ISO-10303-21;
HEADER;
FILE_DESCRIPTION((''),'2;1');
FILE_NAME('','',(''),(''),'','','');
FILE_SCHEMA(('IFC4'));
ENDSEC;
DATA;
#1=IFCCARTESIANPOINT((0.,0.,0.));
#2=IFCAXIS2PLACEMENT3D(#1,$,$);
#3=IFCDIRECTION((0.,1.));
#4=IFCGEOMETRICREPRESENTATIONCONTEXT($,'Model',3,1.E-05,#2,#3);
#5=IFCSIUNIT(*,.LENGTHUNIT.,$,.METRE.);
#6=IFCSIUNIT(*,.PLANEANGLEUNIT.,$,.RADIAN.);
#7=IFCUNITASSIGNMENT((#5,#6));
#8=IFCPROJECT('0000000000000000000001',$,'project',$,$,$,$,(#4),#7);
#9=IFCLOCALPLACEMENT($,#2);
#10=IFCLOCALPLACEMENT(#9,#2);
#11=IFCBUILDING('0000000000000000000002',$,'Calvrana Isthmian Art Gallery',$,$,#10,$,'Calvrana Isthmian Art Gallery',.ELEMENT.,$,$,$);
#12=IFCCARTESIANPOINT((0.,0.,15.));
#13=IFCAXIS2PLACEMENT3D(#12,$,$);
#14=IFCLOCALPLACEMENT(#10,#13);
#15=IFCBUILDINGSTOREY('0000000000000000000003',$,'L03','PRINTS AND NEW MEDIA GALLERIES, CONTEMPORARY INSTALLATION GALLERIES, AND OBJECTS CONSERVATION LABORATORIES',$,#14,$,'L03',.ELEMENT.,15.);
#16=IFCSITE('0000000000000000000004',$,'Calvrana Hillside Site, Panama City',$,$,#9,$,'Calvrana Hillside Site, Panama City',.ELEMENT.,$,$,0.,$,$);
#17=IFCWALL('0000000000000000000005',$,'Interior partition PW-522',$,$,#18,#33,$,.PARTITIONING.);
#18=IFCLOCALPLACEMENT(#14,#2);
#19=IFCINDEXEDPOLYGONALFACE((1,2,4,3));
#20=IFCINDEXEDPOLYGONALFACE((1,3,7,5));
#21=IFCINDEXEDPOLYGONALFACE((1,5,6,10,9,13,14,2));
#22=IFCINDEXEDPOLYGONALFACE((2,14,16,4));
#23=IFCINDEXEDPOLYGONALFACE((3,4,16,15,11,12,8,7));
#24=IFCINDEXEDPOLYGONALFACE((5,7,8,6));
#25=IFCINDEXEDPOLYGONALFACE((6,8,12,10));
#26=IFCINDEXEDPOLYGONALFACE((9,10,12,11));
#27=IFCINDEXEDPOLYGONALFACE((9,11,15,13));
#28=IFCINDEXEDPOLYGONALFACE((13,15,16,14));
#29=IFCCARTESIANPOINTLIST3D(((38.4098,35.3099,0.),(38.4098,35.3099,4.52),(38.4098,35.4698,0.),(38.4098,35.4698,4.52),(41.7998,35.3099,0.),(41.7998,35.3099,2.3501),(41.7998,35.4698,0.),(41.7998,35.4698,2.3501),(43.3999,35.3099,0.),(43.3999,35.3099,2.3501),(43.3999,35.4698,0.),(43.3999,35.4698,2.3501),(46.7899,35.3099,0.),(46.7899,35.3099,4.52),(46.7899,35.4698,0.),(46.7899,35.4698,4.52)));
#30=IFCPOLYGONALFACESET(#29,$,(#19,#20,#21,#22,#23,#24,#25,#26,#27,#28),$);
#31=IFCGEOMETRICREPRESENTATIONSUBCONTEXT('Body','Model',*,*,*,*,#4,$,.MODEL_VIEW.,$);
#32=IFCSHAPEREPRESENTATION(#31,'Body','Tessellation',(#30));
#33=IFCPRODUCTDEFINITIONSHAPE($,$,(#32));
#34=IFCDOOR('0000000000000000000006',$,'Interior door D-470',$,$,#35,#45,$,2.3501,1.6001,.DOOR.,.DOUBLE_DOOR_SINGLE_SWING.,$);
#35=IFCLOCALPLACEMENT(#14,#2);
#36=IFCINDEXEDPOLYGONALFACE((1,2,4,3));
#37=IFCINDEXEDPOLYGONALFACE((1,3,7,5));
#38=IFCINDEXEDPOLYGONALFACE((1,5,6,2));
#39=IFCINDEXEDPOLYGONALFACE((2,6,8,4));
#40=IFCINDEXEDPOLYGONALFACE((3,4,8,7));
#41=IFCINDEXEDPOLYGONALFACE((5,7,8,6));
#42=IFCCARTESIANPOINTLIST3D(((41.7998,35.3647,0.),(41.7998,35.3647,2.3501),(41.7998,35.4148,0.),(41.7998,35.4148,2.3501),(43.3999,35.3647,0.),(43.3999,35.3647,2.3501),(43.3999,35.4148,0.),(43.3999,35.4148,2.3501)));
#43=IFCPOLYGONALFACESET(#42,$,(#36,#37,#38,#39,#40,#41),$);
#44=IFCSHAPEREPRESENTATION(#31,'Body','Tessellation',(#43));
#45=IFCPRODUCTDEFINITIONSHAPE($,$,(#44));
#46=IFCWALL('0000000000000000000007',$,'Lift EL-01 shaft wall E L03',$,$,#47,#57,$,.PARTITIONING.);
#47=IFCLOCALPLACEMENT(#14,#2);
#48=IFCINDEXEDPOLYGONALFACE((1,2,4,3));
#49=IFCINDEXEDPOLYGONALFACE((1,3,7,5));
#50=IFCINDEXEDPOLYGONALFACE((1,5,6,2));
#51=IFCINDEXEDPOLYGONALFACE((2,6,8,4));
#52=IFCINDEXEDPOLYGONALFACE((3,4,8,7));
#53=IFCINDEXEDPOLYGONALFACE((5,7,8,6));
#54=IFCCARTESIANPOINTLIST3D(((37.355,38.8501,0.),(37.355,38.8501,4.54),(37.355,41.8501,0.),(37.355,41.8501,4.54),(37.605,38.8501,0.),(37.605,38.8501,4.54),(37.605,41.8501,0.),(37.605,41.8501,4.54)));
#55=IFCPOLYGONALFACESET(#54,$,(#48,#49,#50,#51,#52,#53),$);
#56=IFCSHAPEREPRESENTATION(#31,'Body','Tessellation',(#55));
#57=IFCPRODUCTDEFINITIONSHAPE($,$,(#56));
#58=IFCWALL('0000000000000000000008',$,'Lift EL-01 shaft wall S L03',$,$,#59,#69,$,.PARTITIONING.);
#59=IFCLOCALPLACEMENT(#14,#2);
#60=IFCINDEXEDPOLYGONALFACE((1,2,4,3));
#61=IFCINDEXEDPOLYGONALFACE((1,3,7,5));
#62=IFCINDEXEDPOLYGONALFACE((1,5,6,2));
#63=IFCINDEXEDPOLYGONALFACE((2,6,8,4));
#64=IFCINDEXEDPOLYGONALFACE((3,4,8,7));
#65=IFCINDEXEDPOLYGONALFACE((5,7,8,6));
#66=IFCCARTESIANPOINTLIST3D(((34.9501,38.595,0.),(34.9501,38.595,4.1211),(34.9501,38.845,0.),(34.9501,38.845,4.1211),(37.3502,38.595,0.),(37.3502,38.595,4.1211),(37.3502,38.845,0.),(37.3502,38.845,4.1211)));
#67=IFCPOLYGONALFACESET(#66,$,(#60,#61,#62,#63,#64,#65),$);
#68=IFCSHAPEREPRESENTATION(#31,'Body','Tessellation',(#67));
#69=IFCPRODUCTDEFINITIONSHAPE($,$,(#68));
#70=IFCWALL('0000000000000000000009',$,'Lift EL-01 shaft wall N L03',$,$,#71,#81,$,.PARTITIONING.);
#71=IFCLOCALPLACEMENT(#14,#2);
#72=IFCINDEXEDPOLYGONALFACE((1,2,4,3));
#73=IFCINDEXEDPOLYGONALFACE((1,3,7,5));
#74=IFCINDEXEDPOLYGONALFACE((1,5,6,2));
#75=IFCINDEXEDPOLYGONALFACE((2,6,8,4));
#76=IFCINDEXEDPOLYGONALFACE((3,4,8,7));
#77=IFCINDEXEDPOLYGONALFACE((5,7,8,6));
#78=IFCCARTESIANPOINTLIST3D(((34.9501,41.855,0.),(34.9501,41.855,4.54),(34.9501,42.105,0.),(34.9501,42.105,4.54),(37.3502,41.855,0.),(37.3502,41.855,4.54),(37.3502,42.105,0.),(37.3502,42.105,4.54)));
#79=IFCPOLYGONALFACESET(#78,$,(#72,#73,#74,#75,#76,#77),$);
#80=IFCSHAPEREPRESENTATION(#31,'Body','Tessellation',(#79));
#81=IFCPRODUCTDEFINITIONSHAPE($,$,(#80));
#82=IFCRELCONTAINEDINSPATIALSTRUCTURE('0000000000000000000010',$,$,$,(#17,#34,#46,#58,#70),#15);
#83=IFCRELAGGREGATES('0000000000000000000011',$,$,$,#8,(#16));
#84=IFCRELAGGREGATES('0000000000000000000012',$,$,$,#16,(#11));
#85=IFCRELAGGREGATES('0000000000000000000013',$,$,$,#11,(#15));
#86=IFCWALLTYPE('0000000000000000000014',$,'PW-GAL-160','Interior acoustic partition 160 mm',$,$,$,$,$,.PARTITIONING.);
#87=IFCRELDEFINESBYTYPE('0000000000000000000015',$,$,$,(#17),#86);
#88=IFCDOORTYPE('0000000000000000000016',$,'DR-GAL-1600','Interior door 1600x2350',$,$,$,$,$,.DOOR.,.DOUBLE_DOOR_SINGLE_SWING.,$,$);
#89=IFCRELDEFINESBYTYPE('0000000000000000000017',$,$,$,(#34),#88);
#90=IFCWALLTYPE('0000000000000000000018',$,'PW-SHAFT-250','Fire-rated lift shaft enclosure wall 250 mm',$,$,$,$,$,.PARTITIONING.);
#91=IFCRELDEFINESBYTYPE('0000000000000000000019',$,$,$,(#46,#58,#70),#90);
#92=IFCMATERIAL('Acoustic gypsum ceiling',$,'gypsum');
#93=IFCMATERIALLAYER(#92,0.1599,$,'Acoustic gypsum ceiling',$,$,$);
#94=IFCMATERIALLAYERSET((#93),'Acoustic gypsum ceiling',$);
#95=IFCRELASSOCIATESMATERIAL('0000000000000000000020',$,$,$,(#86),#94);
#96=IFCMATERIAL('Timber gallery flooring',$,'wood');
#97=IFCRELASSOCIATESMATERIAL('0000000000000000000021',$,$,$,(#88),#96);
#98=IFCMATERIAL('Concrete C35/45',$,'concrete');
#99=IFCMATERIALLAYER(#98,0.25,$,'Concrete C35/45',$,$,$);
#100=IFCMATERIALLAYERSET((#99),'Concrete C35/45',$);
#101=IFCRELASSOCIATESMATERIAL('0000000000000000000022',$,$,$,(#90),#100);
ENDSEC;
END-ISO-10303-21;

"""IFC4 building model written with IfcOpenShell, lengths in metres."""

from ifc_helpers import new_model, si_unit, direction, frame, frame_2d, origin, place, context, subcontext, project, spatial, rectangle, extrude, material, layer, layer_set, type_object, element, fill, save


model = new_model("IFC4")

# Units and contexts
model_context = context("Model", 3, precision=1e-05, world=origin(), true_north=direction((0.0, 1.0)))
body_context = subcontext(model_context, "Body", "Model", "MODEL_VIEW")
ifc_project = project(units=[si_unit("LENGTHUNIT", "METRE"), si_unit("PLANEANGLEUNIT", "RADIAN")], contexts=[model_context])

# Site, building, storey
site_placement = place(None, origin())
site = spatial("IfcSite", under=ifc_project, at=site_placement, Name="Calvrana Hillside Site, Panama City", LongName="Calvrana Hillside Site, Panama City", CompositionType="ELEMENT", RefElevation=0.0)
building_placement = place(site_placement, origin())
building = spatial("IfcBuilding", under=site, at=building_placement, Name="Calvrana Isthmian Art Gallery", LongName="Calvrana Isthmian Art Gallery", CompositionType="ELEMENT")
storey_placement = place(building_placement, frame((0.0, 0.0, 15.0)))
storey = spatial("IfcBuildingStorey", under=building, at=storey_placement, Name="L03", Description="PRINTS AND NEW MEDIA GALLERIES, CONTEMPORARY INSTALLATION GALLERIES, AND OBJECTS CONSERVATION LABORATORIES", LongName="L03", CompositionType="ELEMENT", Elevation=15.0)

# Wall, opening, door
ifc_material_1 = material(Name="Acoustic gypsum ceiling", Category="gypsum")
ifc_layer_1 = layer(ifc_material_1, 0.1599, Name="Acoustic gypsum ceiling")
ifc_layer_set_1 = layer_set([ifc_layer_1], Name="Acoustic gypsum ceiling")
wall_type_1 = type_object("IfcWallType", Name="PW-GAL-160", Description="Interior acoustic partition 160 mm", PredefinedType="PARTITIONING", material=ifc_layer_set_1)
wall_1_placement = place(storey_placement, frame((38.4099, 35.3899, 0.0), z_axis=(0.0, 0.0, 1.0), x_axis=(1.0, 0.0, 0.0)))
wall_1 = element("IfcWall", 1, at=wall_1_placement, inside=storey, type_object=wall_type_1, Name="Interior partition PW-522", PredefinedType="PARTITIONING", context=body_context, shape_type="SweptSolid", body=[
    extrude(rectangle(XDim=8.3801, YDim=0.1599, at=frame_2d((4.1899, 0.0))), origin(), (0.0, 0.0, 1.0), 4.52),
])
opening_1_placement = place(wall_1_placement, frame((3.3899, 0.0, 0.0)))
opening_1 = element("IfcOpeningElement", 2, at=opening_1_placement, cuts=wall_1, PredefinedType="OPENING", context=body_context, shape_type="SweptSolid", body=[
    extrude(rectangle(XDim=1.6001, YDim=2.3501, at=frame_2d((0.8, 1.175))), frame((0.0, 0.0903, 0.0), z_axis=(0.0, -1.0, 0.0), x_axis=(1.0, 0.0, 0.0)), (0.0, 0.0, 1.0), 0.1804),
])
ifc_material_2 = material(Name="Timber gallery flooring", Category="wood")
door_type_1 = type_object("IfcDoorType", Name="DR-GAL-1600", Description="Interior door 1600x2350", OperationType="DOUBLE_DOOR_SINGLE_SWING", PredefinedType="DOOR", material=ifc_material_2)
door_1_placement = place(opening_1_placement, origin())
door_1 = element("IfcDoor", 3, at=door_1_placement, inside=storey, type_object=door_type_1, Name="Interior door D-470", OperationType="DOUBLE_DOOR_SINGLE_SWING", OverallHeight=2.3501, OverallWidth=1.6001, PredefinedType="DOOR", context=body_context, shape_type="SweptSolid", body=[
    extrude(rectangle(XDim=1.6001, YDim=2.3501, at=frame_2d((0.8, 1.175))), frame((0.0, 0.0249, 0.0), z_axis=(0.0, -1.0, 0.0), x_axis=(1.0, 0.0, 0.0)), (0.0, 0.0, 1.0), 0.05),
])
fill(opening_1, door_1)

# Walls
ifc_material_3 = material(Name="Concrete C35/45", Category="concrete")
ifc_layer_2 = layer(ifc_material_3, 0.25, Name="Concrete C35/45")
ifc_layer_set_2 = layer_set([ifc_layer_2], Name="Concrete C35/45")
wall_type_2 = type_object("IfcWallType", Name="PW-SHAFT-250", Description="Fire-rated lift shaft enclosure wall 250 mm", PredefinedType="PARTITIONING", material=ifc_layer_set_2)
wall_2_placement = place(storey_placement, frame((37.48, 38.8501, 0.0), z_axis=(0.0, 0.0, 1.0), x_axis=(0.0, 1.0, 0.0)))
element("IfcWall", 4, at=wall_2_placement, inside=storey, type_object=wall_type_2, Name="Lift EL-01 shaft wall E L03", PredefinedType="PARTITIONING", context=body_context, shape_type="SweptSolid", body=[
    extrude(rectangle(XDim=3.0, YDim=0.25, at=frame_2d((1.5, 0.0))), origin(), (0.0, 0.0, 1.0), 4.54),
])
wall_3_placement = place(storey_placement, frame((34.95, 38.72, 0.0), z_axis=(0.0, 0.0, 1.0), x_axis=(1.0, 0.0, 0.0)))
element("IfcWall", 5, at=wall_3_placement, inside=storey, type_object=wall_type_2, Name="Lift EL-01 shaft wall S L03", PredefinedType="PARTITIONING", context=body_context, shape_type="SweptSolid", body=[
    extrude(rectangle(XDim=2.4001, YDim=0.25, at=frame_2d((1.2002, 0.0))), origin(), (0.0, 0.0, 1.0), 4.1211),
])
wall_4_placement = place(storey_placement, frame((34.95, 41.98, 0.0), z_axis=(0.0, 0.0, 1.0), x_axis=(1.0, 0.0, 0.0)))
element("IfcWall", 6, at=wall_4_placement, inside=storey, type_object=wall_type_2, Name="Lift EL-01 shaft wall N L03", PredefinedType="PARTITIONING", context=body_context, shape_type="SweptSolid", body=[
    extrude(rectangle(XDim=2.4001, YDim=0.25, at=frame_2d((1.2002, 0.0))), origin(), (0.0, 0.0, 1.0), 4.54),
])

save(model, "model.ifc")
